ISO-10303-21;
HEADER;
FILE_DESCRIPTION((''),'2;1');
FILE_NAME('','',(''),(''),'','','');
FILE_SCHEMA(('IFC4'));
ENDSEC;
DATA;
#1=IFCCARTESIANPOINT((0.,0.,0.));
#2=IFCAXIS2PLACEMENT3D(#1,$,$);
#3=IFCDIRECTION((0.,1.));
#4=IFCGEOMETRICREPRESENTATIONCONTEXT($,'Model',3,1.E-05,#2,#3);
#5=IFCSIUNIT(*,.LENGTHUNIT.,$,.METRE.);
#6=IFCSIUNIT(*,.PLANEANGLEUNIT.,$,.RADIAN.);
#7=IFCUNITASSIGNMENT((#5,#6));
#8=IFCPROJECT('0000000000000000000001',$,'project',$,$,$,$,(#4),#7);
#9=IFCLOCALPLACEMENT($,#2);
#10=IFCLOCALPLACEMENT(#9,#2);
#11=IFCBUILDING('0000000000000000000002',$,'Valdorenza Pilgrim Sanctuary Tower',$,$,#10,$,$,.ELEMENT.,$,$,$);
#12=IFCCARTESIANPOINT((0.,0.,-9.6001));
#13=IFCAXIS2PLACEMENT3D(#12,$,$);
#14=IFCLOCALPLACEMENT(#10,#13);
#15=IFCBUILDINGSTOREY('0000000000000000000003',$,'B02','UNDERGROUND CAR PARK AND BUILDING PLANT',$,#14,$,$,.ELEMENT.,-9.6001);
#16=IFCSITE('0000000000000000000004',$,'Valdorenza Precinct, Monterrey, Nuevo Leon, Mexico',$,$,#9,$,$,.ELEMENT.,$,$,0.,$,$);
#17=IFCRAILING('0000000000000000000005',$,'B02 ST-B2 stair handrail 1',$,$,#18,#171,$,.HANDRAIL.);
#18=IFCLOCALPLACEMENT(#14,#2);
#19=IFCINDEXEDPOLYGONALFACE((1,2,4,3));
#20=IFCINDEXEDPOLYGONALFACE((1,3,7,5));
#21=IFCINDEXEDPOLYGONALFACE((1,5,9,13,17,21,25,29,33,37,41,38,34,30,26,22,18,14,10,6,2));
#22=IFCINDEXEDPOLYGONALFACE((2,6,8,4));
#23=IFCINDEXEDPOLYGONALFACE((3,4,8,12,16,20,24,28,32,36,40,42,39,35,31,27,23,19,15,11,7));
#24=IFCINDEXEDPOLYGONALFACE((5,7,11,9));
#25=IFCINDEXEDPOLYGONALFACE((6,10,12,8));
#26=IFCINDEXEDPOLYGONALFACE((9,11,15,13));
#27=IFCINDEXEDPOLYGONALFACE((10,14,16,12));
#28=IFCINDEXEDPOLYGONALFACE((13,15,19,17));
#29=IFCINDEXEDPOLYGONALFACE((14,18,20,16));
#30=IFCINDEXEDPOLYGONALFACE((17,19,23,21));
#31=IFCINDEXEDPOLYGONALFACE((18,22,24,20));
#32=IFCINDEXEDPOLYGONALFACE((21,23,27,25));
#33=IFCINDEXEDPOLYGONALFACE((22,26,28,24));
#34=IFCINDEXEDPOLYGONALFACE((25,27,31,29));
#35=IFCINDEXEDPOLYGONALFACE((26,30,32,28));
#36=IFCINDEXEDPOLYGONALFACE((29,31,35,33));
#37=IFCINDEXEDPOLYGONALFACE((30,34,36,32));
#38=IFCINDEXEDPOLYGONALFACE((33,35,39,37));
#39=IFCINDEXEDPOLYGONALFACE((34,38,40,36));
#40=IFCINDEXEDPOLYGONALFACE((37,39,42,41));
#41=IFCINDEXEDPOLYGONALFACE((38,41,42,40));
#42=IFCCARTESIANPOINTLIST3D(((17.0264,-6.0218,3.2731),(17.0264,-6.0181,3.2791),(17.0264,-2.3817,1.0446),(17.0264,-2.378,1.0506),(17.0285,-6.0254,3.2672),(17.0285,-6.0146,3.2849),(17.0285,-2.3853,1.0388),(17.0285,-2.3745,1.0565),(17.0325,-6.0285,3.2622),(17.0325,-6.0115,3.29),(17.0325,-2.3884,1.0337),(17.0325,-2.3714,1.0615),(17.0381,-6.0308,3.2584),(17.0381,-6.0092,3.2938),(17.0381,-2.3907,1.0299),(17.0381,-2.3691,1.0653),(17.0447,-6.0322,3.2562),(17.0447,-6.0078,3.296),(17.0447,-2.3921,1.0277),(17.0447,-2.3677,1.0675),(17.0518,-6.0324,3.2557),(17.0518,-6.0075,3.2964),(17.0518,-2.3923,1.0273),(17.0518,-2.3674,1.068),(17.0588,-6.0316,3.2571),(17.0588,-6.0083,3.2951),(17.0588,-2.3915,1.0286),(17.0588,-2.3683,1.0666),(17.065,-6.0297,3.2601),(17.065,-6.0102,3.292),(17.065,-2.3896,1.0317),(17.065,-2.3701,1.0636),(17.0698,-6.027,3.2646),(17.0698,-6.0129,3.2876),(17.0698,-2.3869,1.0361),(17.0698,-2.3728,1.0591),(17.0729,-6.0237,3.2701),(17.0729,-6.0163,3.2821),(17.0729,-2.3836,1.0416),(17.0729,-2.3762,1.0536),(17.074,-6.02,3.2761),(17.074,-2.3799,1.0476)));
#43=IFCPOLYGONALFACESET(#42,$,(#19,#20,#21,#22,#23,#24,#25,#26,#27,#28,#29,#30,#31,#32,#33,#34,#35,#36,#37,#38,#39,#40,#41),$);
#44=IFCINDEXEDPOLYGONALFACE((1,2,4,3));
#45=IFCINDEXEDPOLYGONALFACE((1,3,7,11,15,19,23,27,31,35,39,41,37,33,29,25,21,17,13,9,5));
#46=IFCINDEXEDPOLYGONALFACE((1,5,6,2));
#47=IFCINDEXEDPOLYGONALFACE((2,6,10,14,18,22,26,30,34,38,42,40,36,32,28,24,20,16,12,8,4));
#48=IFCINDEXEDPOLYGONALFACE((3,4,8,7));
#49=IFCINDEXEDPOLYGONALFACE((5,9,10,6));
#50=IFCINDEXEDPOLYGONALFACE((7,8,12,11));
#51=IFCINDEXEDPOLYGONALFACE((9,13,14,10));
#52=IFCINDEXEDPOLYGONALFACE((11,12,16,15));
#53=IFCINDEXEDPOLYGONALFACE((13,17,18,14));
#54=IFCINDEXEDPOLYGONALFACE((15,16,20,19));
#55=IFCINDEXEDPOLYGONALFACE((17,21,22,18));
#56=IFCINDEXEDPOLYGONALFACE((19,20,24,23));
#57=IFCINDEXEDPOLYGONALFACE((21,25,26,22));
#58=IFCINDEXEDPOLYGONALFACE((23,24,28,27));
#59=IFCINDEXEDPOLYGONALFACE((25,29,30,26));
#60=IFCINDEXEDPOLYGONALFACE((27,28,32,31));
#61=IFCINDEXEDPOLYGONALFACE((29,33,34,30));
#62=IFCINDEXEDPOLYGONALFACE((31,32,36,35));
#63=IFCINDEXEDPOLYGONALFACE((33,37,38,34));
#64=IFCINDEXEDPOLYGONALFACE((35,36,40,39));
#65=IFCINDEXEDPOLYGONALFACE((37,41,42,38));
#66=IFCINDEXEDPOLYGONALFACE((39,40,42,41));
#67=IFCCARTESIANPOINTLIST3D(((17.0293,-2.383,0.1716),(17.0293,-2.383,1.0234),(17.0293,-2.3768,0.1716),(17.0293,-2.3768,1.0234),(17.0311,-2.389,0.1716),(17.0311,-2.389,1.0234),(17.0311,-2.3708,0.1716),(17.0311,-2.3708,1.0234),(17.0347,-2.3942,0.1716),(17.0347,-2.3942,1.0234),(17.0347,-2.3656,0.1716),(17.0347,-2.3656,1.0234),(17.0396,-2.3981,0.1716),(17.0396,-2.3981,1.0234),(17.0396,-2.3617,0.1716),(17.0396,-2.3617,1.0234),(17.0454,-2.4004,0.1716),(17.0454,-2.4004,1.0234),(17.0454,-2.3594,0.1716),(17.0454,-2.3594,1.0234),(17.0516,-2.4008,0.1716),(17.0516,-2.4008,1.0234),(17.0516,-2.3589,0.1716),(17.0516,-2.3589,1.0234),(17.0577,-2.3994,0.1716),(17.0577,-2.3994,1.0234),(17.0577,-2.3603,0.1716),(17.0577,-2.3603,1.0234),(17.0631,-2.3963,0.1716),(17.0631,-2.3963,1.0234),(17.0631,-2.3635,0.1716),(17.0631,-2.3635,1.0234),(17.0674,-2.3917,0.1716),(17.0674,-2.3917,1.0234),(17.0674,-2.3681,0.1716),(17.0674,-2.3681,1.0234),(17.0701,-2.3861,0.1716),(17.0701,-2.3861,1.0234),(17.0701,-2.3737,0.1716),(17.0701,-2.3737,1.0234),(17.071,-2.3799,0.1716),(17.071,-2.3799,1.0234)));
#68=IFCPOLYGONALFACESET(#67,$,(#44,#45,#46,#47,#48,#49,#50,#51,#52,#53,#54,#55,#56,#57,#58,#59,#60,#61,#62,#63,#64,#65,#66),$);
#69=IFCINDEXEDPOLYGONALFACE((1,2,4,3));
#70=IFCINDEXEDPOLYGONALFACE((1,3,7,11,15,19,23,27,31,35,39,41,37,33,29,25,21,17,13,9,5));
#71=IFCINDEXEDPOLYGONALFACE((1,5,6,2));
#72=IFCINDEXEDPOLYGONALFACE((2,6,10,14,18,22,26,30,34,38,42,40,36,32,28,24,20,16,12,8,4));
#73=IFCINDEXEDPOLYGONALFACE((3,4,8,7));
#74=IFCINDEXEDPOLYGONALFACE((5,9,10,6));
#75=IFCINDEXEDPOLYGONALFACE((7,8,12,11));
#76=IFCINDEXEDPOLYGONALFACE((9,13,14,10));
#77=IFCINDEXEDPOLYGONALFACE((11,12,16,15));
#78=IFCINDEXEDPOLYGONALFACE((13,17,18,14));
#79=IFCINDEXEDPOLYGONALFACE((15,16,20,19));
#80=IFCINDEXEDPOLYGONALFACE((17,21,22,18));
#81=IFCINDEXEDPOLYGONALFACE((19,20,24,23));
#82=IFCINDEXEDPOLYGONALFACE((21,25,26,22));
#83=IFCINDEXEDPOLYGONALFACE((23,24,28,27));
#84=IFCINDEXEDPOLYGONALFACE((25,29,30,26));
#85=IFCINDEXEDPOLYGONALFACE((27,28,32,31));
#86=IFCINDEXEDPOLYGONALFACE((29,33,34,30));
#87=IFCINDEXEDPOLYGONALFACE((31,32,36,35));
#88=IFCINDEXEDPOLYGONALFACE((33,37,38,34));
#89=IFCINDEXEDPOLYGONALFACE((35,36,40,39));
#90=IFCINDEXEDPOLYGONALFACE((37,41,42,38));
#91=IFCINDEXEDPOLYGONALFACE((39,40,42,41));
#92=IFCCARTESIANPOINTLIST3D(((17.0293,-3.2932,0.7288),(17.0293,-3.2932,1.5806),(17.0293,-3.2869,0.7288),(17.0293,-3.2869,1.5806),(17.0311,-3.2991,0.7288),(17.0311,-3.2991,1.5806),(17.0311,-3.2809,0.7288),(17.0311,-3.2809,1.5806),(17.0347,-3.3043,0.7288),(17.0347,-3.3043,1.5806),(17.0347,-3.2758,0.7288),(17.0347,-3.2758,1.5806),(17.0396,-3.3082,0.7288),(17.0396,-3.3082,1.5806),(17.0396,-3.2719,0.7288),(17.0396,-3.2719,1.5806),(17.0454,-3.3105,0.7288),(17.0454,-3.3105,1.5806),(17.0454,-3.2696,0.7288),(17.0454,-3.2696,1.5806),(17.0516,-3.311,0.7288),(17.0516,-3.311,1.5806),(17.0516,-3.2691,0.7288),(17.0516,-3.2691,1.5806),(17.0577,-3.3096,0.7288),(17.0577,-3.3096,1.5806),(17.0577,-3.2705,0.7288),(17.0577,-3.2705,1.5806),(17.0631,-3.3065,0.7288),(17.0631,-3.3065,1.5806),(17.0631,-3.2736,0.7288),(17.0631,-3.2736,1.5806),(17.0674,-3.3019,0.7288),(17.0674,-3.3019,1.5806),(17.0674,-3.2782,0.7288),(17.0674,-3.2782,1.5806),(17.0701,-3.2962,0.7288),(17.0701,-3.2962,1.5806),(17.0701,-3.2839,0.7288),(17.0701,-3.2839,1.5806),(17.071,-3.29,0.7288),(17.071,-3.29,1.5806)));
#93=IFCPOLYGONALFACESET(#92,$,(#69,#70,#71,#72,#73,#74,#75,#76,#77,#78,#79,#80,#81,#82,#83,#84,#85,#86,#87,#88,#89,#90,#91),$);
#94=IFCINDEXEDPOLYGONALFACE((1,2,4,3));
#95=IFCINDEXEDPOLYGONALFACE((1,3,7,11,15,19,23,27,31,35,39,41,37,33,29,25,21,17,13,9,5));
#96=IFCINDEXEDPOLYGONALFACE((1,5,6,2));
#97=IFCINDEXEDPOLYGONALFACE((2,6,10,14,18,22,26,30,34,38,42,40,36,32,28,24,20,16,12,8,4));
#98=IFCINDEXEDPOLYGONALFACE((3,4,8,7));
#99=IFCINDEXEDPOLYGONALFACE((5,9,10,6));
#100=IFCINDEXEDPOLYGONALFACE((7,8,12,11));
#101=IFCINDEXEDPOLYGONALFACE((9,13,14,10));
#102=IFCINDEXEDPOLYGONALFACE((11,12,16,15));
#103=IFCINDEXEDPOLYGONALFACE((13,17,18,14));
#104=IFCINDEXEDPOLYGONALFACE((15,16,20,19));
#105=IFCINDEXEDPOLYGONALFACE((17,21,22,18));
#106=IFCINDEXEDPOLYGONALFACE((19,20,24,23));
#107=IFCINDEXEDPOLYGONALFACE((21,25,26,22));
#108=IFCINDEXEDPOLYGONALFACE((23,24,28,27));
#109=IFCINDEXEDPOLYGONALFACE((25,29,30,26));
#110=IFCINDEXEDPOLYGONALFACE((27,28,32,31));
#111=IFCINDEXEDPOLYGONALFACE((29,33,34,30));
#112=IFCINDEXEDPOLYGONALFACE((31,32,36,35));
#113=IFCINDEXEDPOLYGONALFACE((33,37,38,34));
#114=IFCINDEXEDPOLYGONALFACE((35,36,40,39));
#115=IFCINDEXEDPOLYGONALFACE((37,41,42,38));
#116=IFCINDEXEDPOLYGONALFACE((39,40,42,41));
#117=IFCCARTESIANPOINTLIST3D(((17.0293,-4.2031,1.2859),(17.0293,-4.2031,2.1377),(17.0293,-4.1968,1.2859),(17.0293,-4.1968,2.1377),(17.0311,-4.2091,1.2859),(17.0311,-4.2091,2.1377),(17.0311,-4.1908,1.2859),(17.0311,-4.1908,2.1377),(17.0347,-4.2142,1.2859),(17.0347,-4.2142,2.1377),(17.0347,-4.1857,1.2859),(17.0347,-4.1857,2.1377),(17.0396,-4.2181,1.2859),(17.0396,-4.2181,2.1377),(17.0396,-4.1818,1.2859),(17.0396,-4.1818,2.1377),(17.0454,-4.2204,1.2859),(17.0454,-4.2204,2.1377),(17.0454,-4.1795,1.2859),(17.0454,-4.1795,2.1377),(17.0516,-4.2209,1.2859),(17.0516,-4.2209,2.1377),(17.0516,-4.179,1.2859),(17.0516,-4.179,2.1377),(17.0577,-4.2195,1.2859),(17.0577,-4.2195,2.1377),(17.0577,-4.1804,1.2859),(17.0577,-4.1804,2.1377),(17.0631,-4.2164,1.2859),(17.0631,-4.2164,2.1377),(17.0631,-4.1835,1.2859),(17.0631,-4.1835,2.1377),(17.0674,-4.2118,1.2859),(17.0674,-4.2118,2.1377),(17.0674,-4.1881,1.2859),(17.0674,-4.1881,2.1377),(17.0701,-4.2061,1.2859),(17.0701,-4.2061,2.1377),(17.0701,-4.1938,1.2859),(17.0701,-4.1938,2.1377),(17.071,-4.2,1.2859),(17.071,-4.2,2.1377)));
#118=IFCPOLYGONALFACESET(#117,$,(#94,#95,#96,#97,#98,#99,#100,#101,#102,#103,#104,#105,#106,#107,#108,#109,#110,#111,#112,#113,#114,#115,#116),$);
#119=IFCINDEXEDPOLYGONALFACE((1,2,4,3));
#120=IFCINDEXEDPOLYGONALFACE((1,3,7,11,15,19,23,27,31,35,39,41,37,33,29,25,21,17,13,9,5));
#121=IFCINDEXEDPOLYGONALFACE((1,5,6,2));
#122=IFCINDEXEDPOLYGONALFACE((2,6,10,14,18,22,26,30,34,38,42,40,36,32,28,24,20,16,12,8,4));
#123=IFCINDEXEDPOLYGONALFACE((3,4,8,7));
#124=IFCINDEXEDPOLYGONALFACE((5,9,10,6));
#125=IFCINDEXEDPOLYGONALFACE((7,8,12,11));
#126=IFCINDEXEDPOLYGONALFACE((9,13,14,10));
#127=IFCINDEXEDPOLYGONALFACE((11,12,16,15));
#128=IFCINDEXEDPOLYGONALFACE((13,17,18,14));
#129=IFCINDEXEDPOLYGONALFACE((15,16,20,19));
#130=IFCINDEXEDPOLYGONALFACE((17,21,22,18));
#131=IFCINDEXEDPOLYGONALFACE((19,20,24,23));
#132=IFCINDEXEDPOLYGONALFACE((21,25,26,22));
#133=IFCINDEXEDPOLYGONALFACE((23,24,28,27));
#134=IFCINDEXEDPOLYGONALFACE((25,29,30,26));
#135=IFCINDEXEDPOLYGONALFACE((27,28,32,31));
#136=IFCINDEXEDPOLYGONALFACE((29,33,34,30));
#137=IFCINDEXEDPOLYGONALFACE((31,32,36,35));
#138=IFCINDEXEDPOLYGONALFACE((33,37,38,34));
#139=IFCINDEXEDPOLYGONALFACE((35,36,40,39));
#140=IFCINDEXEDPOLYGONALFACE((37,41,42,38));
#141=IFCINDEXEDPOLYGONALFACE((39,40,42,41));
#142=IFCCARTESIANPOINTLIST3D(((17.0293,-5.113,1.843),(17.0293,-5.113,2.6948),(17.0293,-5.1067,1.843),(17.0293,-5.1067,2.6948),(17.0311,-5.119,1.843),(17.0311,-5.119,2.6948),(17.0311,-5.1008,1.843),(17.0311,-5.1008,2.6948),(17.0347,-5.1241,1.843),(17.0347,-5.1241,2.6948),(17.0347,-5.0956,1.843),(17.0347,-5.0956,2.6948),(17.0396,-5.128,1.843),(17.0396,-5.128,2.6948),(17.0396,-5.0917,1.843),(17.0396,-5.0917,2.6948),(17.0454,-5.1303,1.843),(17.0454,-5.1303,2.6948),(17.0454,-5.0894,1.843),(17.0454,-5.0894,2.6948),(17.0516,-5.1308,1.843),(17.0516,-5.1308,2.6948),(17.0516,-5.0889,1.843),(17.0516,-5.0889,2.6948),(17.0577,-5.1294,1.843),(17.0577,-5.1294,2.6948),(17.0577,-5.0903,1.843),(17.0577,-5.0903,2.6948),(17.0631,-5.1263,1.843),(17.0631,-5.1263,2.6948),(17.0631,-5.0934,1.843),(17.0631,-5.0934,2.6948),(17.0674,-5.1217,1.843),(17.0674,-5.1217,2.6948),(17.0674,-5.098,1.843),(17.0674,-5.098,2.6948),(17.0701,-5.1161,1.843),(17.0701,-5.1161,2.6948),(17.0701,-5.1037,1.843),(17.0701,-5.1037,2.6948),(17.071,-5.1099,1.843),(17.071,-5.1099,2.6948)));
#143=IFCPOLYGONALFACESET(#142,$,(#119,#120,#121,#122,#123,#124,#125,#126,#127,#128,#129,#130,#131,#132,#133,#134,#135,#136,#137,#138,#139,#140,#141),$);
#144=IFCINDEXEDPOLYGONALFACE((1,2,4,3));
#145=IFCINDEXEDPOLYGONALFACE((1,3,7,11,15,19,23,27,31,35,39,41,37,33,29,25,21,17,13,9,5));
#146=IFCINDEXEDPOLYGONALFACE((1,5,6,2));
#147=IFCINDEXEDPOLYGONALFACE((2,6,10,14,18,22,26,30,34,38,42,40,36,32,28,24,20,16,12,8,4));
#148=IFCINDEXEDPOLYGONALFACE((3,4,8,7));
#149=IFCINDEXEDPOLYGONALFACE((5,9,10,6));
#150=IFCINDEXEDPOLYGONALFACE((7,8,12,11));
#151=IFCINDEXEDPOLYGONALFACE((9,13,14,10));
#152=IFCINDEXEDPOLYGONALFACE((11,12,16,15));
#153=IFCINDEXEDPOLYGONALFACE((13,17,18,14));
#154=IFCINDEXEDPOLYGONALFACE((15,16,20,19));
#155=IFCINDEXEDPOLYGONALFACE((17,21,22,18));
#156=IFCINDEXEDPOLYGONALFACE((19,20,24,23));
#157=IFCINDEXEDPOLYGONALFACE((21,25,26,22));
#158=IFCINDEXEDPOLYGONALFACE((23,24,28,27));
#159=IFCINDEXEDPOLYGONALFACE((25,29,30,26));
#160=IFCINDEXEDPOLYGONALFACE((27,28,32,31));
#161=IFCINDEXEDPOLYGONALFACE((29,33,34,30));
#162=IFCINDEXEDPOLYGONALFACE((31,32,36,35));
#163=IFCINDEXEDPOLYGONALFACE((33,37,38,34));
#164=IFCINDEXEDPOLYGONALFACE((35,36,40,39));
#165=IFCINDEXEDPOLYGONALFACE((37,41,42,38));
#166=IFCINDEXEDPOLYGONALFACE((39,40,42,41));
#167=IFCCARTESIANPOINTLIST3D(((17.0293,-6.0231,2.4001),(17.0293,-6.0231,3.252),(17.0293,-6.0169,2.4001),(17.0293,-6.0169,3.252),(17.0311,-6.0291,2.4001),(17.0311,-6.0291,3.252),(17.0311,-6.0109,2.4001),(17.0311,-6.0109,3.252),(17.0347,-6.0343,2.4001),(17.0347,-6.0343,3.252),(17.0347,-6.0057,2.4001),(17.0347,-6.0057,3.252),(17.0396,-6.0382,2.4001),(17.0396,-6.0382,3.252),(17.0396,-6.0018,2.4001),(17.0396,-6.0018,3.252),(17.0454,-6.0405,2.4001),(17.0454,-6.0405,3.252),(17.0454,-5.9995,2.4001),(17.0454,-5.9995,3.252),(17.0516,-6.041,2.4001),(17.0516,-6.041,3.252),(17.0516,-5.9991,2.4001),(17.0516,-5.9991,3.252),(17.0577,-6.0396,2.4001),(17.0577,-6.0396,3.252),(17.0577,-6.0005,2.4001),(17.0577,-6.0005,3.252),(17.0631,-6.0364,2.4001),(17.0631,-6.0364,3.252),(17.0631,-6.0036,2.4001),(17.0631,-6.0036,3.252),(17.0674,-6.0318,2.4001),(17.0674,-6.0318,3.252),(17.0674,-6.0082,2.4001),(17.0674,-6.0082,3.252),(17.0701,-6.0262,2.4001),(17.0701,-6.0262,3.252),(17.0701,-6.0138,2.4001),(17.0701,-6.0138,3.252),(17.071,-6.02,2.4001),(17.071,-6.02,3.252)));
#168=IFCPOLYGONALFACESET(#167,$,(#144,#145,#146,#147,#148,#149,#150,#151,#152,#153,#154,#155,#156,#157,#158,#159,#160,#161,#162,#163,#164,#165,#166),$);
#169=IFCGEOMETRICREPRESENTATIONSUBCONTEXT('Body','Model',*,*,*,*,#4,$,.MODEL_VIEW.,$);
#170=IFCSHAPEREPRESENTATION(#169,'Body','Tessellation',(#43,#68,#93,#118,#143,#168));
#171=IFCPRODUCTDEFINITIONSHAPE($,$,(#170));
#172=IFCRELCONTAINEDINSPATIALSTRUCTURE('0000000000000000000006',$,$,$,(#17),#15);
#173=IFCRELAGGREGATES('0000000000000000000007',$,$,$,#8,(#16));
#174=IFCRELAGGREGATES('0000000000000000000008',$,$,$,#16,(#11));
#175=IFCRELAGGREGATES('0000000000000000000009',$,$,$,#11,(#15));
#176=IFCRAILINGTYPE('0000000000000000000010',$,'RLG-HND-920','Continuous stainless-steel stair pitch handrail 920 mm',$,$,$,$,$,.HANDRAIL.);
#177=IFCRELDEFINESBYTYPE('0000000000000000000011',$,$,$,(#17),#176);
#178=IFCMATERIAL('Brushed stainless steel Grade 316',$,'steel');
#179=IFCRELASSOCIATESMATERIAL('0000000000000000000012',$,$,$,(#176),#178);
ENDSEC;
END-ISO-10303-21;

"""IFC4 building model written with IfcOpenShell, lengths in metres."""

from ifc_helpers import new_model, si_unit, direction, frame, origin, origin_2d, place, context, subcontext, project, spatial, circle, extrude, material, type_object, element, save


model = new_model("IFC4")

# Units and contexts
model_context = context("Model", 3, precision=1e-05, world=origin(), true_north=direction((0.0, 1.0)))
body_context = subcontext(model_context, "Body", "Model", "MODEL_VIEW")
ifc_project = project(units=[si_unit("LENGTHUNIT", "METRE"), si_unit("PLANEANGLEUNIT", "RADIAN")], contexts=[model_context])

# Site, building, storey
site_placement = place(None, origin())
site = spatial("IfcSite", under=ifc_project, at=site_placement, Name="Valdorenza Precinct, Monterrey, Nuevo Leon, Mexico", CompositionType="ELEMENT", RefElevation=0.0)
building_placement = place(site_placement, origin())
building = spatial("IfcBuilding", under=site, at=building_placement, Name="Valdorenza Pilgrim Sanctuary Tower", CompositionType="ELEMENT")
storey_placement = place(building_placement, frame((0.0, 0.0, -9.6001)))
storey = spatial("IfcBuildingStorey", under=building, at=storey_placement, Name="B02", Description="UNDERGROUND CAR PARK AND BUILDING PLANT", CompositionType="ELEMENT", Elevation=-9.6001)

# Railing
ifc_material_1 = material(Name="Brushed stainless steel Grade 316", Category="steel")
railing_type_1 = type_object("IfcRailingType", Name="RLG-HND-920", Description="Continuous stainless-steel stair pitch handrail 920 mm", PredefinedType="HANDRAIL", material=ifc_material_1)
railing_1_placement = place(storey_placement, frame((17.05, -2.3799, 0.1716)))
element("IfcRailing", 1, at=railing_1_placement, inside=storey, type_object=railing_type_1, Name="B02 ST-B2 stair handrail 1", PredefinedType="HANDRAIL", context=body_context, shape_type="SweptSolid", body=[
    extrude(circle(Radius=0.0239, at=origin_2d()), frame((0.0, 0.0, 0.876), z_axis=(0.0, -0.852866, 0.52213), x_axis=(1.0, 0.0, 0.0)), (0.0, 0.0, 1.0), 4.2681),
    extrude(circle(Radius=0.021, at=origin_2d()), origin(), (0.0, 0.0, 1.0), 0.8518),
    extrude(circle(Radius=0.021, at=origin_2d()), frame((0.0, -0.9102, 0.5571)), (0.0, 0.0, 1.0), 0.8518),
    extrude(circle(Radius=0.021, at=origin_2d()), frame((0.0, -1.8201, 1.1143)), (0.0, 0.0, 1.0), 0.8518),
    extrude(circle(Radius=0.021, at=origin_2d()), frame((0.0, -2.73, 1.6714)), (0.0, 0.0, 1.0), 0.8518),
    extrude(circle(Radius=0.021, at=origin_2d()), frame((0.0, -3.6401, 2.2285)), (0.0, 0.0, 1.0), 0.8518),
])

save(model, "model.ifc")
